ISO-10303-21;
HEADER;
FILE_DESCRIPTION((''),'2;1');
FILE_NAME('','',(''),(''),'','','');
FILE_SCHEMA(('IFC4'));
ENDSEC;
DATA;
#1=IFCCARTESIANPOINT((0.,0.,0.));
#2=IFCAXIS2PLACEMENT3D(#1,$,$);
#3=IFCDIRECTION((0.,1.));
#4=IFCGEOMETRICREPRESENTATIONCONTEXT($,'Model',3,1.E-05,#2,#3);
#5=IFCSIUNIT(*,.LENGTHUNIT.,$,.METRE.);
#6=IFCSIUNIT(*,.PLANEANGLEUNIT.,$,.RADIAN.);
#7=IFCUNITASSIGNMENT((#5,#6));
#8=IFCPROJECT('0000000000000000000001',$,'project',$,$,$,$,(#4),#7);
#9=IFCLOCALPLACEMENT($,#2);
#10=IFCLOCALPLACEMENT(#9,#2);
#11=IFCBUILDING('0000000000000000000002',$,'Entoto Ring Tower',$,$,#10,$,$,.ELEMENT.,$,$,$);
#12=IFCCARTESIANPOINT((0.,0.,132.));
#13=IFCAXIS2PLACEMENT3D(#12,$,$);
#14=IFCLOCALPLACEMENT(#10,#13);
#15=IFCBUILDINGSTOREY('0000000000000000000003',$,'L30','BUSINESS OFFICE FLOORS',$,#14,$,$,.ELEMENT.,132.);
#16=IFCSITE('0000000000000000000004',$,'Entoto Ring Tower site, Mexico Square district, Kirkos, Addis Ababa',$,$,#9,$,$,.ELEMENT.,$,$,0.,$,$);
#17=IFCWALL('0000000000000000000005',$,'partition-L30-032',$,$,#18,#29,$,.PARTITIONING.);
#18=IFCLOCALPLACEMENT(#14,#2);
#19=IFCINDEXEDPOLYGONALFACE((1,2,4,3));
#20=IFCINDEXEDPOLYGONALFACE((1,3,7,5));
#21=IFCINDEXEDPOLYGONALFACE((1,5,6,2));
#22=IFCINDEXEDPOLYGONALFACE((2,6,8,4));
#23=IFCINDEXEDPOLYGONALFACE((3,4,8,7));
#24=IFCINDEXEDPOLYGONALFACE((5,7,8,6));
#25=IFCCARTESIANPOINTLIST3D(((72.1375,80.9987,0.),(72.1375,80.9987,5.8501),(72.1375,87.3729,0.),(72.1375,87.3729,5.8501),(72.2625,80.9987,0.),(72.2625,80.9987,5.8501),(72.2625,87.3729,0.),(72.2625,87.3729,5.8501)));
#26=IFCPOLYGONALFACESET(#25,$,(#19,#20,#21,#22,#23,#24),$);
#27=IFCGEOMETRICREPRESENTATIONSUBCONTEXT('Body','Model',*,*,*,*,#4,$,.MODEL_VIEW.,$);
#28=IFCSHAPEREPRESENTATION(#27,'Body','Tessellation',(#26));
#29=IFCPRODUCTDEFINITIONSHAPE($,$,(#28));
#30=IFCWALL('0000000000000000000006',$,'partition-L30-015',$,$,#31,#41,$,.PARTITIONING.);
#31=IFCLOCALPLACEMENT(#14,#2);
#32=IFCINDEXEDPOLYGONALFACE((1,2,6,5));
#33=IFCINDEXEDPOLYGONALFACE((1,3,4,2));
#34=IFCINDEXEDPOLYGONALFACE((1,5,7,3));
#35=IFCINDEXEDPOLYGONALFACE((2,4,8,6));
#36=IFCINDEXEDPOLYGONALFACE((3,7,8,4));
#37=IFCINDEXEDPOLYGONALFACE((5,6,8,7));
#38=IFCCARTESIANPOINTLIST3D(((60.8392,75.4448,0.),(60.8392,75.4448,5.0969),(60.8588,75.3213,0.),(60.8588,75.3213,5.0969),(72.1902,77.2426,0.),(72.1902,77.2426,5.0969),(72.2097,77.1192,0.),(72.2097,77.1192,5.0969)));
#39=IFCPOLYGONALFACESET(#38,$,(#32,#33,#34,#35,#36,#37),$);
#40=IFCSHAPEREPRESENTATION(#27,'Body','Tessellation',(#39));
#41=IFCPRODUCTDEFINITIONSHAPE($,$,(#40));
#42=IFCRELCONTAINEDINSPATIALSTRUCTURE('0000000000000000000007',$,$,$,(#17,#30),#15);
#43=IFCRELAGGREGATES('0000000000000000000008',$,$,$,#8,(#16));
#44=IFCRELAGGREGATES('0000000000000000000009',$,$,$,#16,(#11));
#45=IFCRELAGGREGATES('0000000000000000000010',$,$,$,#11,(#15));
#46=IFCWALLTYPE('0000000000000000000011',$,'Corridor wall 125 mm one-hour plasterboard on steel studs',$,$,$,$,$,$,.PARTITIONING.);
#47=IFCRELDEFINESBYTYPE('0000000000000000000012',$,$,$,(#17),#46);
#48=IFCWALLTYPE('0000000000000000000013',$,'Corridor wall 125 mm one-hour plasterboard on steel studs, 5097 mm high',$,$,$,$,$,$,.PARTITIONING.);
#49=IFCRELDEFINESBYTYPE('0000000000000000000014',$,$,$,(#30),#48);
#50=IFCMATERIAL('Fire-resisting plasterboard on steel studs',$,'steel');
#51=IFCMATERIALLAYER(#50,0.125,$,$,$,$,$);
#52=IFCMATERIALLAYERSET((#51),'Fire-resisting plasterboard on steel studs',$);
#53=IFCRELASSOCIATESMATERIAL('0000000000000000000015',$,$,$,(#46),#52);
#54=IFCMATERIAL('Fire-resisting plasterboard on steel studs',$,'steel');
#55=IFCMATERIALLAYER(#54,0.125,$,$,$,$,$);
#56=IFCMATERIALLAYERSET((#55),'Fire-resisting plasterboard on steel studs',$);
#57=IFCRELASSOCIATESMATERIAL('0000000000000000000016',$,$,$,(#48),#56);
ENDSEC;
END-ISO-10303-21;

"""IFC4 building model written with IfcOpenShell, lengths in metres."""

from ifc_helpers import new_model, si_unit, direction, frame, frame_2d, origin, place, context, subcontext, project, spatial, rectangle, extrude, material, layer, layer_set, type_object, element, save


model = new_model("IFC4")

# Units and contexts
model_context = context("Model", 3, precision=1e-05, world=origin(), true_north=direction((0.0, 1.0)))
body_context = subcontext(model_context, "Body", "Model", "MODEL_VIEW")
ifc_project = project(units=[si_unit("LENGTHUNIT", "METRE"), si_unit("PLANEANGLEUNIT", "RADIAN")], contexts=[model_context])

# Site, building, storey
site_placement = place(None, origin())
site = spatial("IfcSite", under=ifc_project, at=site_placement, Name="Entoto Ring Tower site, Mexico Square district, Kirkos, Addis Ababa", CompositionType="ELEMENT", RefElevation=0.0)
building_placement = place(site_placement, origin())
building = spatial("IfcBuilding", under=site, at=building_placement, Name="Entoto Ring Tower", CompositionType="ELEMENT")
storey_placement = place(building_placement, frame((0.0, 0.0, 132.0)))
storey = spatial("IfcBuildingStorey", under=building, at=storey_placement, Name="L30", Description="BUSINESS OFFICE FLOORS", CompositionType="ELEMENT", Elevation=132.0)

# Shared definitions
ifc_material_1 = material(Name="Fire-resisting plasterboard on steel studs", Category="steel")
ifc_layer_1 = layer(ifc_material_1, 0.125)
ifc_layer_set_1 = layer_set([ifc_layer_1], Name="Fire-resisting plasterboard on steel studs")
wall_type_1 = type_object("IfcWallType", Name="Corridor wall 125 mm one-hour plasterboard on steel studs", PredefinedType="PARTITIONING", material=ifc_layer_set_1)

# Walls
wall_1_placement = place(storey_placement, frame((72.2, 80.9988, 0.0), z_axis=(0.0, 0.0, 1.0), x_axis=(0.0, 1.0, 0.0)))
element("IfcWall", 1, at=wall_1_placement, inside=storey, type_object=wall_type_1, Name="partition-L30-032", PredefinedType="PARTITIONING", context=body_context, shape_type="SweptSolid", body=[
    extrude(rectangle(XDim=6.3743, YDim=0.125, at=frame_2d((3.187, 0.0))), origin(), (0.0, 0.0, 1.0), 5.8501),
])
ifc_material_2 = material(Name="Fire-resisting plasterboard on steel studs", Category="steel")
ifc_layer_2 = layer(ifc_material_2, 0.125)
ifc_layer_set_2 = layer_set([ifc_layer_2], Name="Fire-resisting plasterboard on steel studs")
wall_type_2 = type_object("IfcWallType", Name="Corridor wall 125 mm one-hour plasterboard on steel studs, 5097 mm high", PredefinedType="PARTITIONING", material=ifc_layer_set_2)
wall_2_placement = place(storey_placement, frame((60.8491, 75.3831, 0.0), z_axis=(0.0, 0.0, 1.0), x_axis=(0.987688, 0.156439, 0.0)))
element("IfcWall", 2, at=wall_2_placement, inside=storey, type_object=wall_type_2, Name="partition-L30-015", PredefinedType="PARTITIONING", context=body_context, shape_type="SweptSolid", body=[
    extrude(rectangle(XDim=11.4924, YDim=0.125, at=frame_2d((5.7461, 0.0))), origin(), (0.0, 0.0, 1.0), 5.0969),
])

save(model, "model.ifc")
